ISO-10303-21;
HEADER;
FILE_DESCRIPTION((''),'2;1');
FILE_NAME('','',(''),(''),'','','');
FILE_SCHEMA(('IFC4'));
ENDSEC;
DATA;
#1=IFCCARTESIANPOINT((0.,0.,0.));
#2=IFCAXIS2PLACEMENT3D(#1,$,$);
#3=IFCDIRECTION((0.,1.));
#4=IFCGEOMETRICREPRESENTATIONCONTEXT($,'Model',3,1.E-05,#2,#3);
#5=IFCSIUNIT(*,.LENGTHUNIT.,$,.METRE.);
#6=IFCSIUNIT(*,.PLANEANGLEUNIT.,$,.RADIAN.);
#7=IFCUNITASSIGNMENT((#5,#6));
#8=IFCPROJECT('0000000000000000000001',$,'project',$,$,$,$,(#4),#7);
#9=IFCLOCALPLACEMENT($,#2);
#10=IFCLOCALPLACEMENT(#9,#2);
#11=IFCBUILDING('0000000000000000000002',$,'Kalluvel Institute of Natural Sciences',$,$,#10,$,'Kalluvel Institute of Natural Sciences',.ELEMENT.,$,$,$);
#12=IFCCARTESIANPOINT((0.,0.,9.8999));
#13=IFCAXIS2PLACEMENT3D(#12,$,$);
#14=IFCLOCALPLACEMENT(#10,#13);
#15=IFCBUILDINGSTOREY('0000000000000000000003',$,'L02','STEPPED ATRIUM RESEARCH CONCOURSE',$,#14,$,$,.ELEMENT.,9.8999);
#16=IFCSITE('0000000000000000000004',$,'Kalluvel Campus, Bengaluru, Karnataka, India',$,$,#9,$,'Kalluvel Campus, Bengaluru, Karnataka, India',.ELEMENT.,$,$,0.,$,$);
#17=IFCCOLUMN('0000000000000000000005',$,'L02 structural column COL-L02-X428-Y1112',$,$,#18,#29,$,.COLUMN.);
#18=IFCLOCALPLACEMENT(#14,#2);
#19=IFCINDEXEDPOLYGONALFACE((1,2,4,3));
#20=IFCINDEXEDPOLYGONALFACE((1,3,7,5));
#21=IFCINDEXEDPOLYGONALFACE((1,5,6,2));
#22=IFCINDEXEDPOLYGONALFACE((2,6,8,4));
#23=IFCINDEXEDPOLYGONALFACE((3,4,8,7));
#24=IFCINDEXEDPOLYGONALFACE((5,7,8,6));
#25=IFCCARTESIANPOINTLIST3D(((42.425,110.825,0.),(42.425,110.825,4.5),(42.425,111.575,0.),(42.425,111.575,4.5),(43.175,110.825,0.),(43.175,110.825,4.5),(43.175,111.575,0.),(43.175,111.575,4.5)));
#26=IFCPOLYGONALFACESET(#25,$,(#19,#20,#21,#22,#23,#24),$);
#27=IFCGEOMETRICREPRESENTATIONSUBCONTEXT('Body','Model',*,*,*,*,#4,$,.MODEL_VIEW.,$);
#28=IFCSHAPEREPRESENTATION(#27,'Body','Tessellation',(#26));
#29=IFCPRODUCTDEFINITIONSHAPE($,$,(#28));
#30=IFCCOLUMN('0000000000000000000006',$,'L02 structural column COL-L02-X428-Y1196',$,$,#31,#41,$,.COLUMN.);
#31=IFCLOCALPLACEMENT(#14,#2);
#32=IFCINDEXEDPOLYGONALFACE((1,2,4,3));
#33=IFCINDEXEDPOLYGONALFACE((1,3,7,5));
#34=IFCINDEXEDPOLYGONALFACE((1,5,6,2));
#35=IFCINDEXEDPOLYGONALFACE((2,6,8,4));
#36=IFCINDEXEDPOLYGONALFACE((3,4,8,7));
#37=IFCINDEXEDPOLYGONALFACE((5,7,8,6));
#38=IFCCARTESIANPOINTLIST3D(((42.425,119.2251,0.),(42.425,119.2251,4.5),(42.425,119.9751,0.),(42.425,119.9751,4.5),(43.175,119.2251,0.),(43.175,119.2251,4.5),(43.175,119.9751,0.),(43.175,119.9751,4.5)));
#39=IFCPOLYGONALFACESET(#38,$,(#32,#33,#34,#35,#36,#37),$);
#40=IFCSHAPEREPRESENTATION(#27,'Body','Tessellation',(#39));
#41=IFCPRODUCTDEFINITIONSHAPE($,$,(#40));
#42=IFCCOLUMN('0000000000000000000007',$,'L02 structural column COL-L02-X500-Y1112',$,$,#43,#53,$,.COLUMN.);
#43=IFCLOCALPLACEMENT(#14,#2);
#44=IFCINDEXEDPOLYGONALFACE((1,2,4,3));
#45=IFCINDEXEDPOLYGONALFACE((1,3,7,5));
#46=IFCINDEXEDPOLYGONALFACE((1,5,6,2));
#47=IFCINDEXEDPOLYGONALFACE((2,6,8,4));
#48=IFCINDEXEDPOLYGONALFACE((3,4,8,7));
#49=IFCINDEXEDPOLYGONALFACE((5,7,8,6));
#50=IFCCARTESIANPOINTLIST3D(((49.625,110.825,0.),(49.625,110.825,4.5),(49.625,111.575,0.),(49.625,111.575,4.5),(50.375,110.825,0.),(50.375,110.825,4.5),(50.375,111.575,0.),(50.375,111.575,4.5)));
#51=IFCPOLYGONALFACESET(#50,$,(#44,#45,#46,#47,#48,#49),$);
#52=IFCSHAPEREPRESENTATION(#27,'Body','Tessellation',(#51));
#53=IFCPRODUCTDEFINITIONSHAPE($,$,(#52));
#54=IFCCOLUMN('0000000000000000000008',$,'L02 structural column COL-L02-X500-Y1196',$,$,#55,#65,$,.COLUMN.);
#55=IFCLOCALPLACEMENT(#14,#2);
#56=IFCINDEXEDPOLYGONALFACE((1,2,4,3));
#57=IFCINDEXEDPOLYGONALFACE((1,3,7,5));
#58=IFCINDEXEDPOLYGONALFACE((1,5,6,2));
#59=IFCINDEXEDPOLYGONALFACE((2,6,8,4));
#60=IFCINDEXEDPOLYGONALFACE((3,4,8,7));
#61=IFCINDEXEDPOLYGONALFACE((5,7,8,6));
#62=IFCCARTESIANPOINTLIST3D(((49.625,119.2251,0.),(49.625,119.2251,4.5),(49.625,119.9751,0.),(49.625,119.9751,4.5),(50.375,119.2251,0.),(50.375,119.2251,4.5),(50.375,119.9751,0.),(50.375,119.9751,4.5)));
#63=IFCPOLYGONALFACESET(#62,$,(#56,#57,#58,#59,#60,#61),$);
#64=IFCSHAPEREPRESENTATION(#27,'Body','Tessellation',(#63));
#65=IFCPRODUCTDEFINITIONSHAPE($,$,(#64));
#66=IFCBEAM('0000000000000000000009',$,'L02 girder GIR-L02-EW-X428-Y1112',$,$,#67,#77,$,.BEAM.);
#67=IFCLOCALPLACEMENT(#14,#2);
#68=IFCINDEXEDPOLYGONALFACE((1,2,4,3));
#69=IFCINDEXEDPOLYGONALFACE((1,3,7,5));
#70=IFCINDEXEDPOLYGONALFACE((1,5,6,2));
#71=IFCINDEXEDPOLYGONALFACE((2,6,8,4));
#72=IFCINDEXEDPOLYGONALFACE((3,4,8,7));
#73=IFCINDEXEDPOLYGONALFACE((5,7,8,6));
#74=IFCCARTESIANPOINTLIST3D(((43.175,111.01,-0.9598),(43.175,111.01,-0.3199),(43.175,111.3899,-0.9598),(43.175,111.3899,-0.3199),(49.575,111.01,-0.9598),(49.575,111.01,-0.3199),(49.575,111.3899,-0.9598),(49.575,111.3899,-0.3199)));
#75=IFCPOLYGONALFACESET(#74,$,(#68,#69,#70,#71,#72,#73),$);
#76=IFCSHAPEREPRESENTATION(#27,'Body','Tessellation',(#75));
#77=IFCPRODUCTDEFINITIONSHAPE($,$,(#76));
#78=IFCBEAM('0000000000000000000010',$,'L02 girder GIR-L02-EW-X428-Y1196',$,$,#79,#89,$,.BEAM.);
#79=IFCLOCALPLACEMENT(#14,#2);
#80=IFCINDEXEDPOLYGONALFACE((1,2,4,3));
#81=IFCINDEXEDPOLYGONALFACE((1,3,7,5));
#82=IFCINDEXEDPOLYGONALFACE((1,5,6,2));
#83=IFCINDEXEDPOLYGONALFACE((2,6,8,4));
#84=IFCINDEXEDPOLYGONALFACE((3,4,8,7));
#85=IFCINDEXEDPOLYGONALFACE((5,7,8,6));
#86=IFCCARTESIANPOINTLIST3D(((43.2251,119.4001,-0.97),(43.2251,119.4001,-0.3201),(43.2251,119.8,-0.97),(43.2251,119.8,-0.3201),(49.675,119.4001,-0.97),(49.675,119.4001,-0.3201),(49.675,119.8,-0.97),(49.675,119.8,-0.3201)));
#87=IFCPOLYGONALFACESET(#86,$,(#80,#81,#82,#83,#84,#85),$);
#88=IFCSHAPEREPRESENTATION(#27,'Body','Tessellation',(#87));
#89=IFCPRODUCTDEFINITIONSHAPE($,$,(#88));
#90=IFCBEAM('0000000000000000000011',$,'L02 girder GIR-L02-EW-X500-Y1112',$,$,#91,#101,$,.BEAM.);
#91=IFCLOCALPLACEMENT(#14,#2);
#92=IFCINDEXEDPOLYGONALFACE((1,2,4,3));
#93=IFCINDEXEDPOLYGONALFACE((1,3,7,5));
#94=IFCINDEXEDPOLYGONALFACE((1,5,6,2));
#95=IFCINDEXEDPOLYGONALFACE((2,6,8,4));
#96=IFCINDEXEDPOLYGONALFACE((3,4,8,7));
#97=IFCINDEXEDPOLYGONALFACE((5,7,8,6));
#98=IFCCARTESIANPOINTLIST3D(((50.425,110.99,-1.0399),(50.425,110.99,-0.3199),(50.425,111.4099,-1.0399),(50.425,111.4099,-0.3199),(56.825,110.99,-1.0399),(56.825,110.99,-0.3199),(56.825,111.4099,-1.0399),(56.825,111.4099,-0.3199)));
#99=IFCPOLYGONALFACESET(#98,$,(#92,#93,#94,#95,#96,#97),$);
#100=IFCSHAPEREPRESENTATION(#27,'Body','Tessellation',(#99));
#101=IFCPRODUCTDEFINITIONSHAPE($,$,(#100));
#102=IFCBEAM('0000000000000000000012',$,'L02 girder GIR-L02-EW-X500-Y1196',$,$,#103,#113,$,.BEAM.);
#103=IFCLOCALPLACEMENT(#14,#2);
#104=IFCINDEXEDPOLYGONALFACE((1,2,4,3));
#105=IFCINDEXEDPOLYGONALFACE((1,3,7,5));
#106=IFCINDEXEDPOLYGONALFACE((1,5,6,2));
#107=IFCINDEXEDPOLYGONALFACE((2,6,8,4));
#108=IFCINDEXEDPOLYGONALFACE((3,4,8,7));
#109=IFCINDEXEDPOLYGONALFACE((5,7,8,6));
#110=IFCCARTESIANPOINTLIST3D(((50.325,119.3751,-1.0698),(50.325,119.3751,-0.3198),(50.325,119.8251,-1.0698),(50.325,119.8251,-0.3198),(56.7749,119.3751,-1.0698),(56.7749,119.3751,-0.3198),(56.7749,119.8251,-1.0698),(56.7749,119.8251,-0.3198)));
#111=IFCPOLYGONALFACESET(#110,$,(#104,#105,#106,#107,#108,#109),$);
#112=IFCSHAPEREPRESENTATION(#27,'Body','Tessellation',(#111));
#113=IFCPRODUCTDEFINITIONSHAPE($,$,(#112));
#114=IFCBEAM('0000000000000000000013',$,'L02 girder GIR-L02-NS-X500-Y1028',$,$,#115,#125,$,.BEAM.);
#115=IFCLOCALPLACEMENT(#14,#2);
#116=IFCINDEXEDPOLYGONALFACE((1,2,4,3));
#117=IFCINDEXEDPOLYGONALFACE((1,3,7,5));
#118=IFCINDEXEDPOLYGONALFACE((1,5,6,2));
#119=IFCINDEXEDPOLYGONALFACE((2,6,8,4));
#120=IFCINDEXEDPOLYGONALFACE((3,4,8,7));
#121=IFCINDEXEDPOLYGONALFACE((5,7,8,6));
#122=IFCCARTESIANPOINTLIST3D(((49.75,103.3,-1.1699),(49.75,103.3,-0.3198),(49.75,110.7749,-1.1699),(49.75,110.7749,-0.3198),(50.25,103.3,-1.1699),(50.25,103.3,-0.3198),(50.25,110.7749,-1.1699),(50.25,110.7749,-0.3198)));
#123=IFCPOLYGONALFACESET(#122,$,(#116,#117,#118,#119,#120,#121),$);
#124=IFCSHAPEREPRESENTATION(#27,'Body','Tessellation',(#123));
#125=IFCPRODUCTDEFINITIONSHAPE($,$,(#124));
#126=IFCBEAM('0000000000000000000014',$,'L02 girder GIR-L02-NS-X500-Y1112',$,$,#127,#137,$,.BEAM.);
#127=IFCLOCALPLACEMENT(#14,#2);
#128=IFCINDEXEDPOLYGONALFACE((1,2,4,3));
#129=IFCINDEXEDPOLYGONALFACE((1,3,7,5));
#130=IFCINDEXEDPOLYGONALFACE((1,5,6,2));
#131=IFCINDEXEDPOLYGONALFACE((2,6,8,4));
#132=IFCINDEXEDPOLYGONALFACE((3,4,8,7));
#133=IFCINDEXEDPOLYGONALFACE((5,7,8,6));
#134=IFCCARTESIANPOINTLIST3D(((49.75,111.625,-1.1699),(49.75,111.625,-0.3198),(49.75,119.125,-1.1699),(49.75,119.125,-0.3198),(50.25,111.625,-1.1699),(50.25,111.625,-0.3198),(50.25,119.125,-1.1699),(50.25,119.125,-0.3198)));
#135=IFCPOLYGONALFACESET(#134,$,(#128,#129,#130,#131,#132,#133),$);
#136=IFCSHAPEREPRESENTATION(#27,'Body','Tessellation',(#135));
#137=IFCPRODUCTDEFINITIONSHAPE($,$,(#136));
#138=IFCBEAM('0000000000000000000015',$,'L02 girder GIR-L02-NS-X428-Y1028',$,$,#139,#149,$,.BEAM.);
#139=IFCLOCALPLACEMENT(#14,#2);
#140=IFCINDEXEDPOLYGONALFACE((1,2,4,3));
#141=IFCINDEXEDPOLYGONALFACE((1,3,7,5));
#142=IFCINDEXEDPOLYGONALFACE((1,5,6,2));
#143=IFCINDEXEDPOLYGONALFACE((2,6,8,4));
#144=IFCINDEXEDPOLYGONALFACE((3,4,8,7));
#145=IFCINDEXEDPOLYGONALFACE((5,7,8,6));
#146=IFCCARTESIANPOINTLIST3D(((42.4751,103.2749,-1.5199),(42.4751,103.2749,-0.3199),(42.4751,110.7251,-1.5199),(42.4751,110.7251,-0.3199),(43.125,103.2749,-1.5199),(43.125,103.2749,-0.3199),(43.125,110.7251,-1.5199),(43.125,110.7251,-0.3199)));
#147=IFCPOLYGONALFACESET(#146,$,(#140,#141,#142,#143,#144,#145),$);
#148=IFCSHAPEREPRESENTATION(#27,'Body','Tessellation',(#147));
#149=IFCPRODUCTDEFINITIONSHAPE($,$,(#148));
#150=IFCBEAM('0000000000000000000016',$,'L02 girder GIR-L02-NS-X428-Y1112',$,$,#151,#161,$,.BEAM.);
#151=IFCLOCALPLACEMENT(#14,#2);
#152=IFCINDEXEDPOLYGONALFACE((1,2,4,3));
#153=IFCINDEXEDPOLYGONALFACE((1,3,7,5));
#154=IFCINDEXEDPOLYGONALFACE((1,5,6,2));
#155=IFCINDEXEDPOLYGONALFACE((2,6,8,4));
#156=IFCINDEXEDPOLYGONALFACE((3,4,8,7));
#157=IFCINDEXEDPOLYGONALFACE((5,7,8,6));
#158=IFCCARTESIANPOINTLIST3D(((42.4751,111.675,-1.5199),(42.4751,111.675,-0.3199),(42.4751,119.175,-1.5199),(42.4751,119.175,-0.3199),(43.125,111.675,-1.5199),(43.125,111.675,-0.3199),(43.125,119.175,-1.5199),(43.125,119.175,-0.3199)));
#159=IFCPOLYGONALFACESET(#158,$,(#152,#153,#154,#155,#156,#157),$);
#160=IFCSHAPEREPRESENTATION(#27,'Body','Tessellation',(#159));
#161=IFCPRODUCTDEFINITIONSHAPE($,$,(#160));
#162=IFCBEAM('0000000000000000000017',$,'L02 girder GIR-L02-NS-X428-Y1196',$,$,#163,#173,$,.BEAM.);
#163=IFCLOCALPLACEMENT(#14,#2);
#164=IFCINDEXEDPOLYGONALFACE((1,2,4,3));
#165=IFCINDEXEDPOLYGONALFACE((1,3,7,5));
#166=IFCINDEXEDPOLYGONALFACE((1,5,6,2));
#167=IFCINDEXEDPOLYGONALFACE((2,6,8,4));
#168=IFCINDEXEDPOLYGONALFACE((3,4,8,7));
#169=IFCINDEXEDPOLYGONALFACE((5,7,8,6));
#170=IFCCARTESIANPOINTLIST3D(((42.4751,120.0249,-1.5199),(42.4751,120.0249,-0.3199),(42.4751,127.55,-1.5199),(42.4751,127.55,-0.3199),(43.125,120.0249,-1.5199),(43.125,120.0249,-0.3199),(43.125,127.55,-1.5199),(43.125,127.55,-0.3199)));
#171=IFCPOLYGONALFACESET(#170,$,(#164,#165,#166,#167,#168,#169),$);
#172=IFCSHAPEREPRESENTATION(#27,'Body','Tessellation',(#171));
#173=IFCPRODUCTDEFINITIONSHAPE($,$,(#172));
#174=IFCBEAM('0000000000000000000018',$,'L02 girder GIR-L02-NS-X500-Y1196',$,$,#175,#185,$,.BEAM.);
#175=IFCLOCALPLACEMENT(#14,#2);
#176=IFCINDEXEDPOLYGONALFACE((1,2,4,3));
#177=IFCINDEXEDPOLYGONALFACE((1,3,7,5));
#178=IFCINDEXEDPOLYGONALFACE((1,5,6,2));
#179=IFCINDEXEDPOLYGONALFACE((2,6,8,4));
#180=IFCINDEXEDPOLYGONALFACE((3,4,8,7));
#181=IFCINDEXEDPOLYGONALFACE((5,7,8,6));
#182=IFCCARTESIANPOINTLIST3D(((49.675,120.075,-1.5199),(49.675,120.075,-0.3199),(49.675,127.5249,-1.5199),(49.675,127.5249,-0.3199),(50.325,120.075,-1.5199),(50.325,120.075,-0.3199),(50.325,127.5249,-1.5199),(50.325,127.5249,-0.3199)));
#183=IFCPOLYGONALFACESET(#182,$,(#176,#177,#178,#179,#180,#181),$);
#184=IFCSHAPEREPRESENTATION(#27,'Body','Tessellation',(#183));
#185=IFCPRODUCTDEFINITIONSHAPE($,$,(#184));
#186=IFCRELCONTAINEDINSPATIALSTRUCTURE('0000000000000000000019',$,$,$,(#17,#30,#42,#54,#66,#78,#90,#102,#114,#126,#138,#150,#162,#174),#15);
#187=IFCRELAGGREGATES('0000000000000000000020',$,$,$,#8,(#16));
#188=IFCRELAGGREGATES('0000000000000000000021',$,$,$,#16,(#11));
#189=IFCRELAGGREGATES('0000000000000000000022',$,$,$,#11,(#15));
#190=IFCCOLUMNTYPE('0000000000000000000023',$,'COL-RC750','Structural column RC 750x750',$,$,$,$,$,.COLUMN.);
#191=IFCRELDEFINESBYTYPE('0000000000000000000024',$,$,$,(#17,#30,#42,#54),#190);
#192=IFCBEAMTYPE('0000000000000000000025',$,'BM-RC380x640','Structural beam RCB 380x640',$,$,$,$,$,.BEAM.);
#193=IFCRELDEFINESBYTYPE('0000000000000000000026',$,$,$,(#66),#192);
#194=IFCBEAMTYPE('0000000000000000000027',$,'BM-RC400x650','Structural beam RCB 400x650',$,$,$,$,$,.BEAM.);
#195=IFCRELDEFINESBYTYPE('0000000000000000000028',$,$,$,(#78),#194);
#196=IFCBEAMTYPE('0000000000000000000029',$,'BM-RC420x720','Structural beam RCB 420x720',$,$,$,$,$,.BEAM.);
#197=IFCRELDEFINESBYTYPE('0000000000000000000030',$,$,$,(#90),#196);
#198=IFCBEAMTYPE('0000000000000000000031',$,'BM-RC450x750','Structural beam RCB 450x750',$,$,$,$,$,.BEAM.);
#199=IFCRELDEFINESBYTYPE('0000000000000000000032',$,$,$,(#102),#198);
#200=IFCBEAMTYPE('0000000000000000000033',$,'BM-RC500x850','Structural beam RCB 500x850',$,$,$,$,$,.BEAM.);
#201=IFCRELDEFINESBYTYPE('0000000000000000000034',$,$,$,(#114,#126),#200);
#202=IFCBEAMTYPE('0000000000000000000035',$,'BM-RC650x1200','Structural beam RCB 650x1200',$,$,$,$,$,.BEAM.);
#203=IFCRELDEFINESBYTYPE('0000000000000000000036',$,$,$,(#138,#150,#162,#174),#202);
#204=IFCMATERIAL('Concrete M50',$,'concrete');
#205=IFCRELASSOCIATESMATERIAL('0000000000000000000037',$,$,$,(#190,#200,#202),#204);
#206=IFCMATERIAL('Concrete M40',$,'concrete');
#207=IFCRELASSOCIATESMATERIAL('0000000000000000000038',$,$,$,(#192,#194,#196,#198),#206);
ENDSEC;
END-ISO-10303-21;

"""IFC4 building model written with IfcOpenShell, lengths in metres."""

from ifc_helpers import new_model, si_unit, direction, frame, origin, origin_2d, place, context, subcontext, project, spatial, rectangle, extrude, material, material_profile, profile_set, type_object, element, save


model = new_model("IFC4")

# Units and contexts
model_context = context("Model", 3, precision=1e-05, world=origin(), true_north=direction((0.0, 1.0)))
body_context = subcontext(model_context, "Body", "Model", "MODEL_VIEW")
ifc_project = project(units=[si_unit("LENGTHUNIT", "METRE"), si_unit("PLANEANGLEUNIT", "RADIAN")], contexts=[model_context])

# Site, building, storey
site_placement = place(None, origin())
site = spatial("IfcSite", under=ifc_project, at=site_placement, Name="Kalluvel Campus, Bengaluru, Karnataka, India", LongName="Kalluvel Campus, Bengaluru, Karnataka, India", CompositionType="ELEMENT", RefElevation=0.0)
building_placement = place(site_placement, origin())
building = spatial("IfcBuilding", under=site, at=building_placement, Name="Kalluvel Institute of Natural Sciences", LongName="Kalluvel Institute of Natural Sciences", CompositionType="ELEMENT")
storey_placement = place(building_placement, frame((0.0, 0.0, 9.8999)))
storey = spatial("IfcBuildingStorey", under=building, at=storey_placement, Name="L02", Description="STEPPED ATRIUM RESEARCH CONCOURSE", CompositionType="ELEMENT", Elevation=9.8999)

# Columns
ifc_material_1 = material(Name="Concrete M50", Category="concrete")
ifc_material_profile_1 = material_profile(ifc_material_1, rectangle(XDim=0.75, YDim=0.75, at=origin_2d()), Name="RC 750x750")
ifc_profile_set_1 = profile_set([ifc_material_profile_1], Name="Concrete M50")
column_type = type_object("IfcColumnType", Name="COL-RC750", Description="Structural column RC 750x750", PredefinedType="COLUMN", material=ifc_profile_set_1)
for number, where, z_axis, x_axis, name in (
    (1, (42.8, 111.2, 0.0), (0.0, 0.0, 1.0), (1.0, 0.0, 0.0), "L02 structural column COL-L02-X428-Y1112"),
    (2, (42.8, 119.6001, 0.0), (0.0, 0.0, 1.0), (1.0, 0.0, 0.0), "L02 structural column COL-L02-X428-Y1196"),
    (3, (50.0, 111.2, 0.0), (0.0, 0.0, 1.0), (1.0, 0.0, 0.0), "L02 structural column COL-L02-X500-Y1112"),
    (4, (50.0, 119.6001, 0.0), (0.0, 0.0, 1.0), (1.0, 0.0, 0.0), "L02 structural column COL-L02-X500-Y1196"),
):
    element("IfcColumn", number, at=place(storey_placement, frame(where, z_axis=z_axis, x_axis=x_axis)), inside=storey, type_object=column_type, Name=name, PredefinedType="COLUMN", context=body_context, shape_type="SweptSolid", body=[
        extrude(rectangle(XDim=0.75, YDim=0.75, at=origin_2d()), origin(), (0.0, 0.0, 1.0), 4.5),
    ])

# Beams
ifc_material_2 = material(Name="Concrete M40", Category="concrete")
ifc_material_profile_2 = material_profile(ifc_material_2, rectangle(XDim=0.3799, YDim=0.6399, at=origin_2d()), Name="RCB 380x640")
ifc_profile_set_2 = profile_set([ifc_material_profile_2], Name="Concrete M40")
beam_type_1 = type_object("IfcBeamType", Name="BM-RC380x640", Description="Structural beam RCB 380x640", PredefinedType="BEAM", material=ifc_profile_set_2)
beam_1_placement = place(storey_placement, frame((43.175, 111.2, -0.6399), z_axis=(1.0, 0.0, 0.0), x_axis=(0.0, 1.0, 0.0)))
element("IfcBeam", 5, at=beam_1_placement, inside=storey, type_object=beam_type_1, Name="L02 girder GIR-L02-EW-X428-Y1112", PredefinedType="BEAM", context=body_context, shape_type="SweptSolid", body=[
    extrude(rectangle(XDim=0.3799, YDim=0.6399, at=origin_2d()), origin(), (0.0, 0.0, 1.0), 6.3999),
])
ifc_material_profile_3 = material_profile(ifc_material_2, rectangle(XDim=0.3999, YDim=0.6499, at=origin_2d()), Name="RCB 400x650")
ifc_profile_set_3 = profile_set([ifc_material_profile_3], Name="Concrete M40")
beam_type_2 = type_object("IfcBeamType", Name="BM-RC400x650", Description="Structural beam RCB 400x650", PredefinedType="BEAM", material=ifc_profile_set_3)
beam_2_placement = place(storey_placement, frame((43.2251, 119.6001, -0.645), z_axis=(1.0, 0.0, 0.0), x_axis=(0.0, 1.0, 0.0)))
element("IfcBeam", 6, at=beam_2_placement, inside=storey, type_object=beam_type_2, Name="L02 girder GIR-L02-EW-X428-Y1196", PredefinedType="BEAM", context=body_context, shape_type="SweptSolid", body=[
    extrude(rectangle(XDim=0.3999, YDim=0.6499, at=origin_2d()), origin(), (0.0, 0.0, 1.0), 6.45),
])
ifc_material_profile_4 = material_profile(ifc_material_2, rectangle(XDim=0.4199, YDim=0.72, at=origin_2d()), Name="RCB 420x720")
ifc_profile_set_4 = profile_set([ifc_material_profile_4], Name="Concrete M40")
beam_type_3 = type_object("IfcBeamType", Name="BM-RC420x720", Description="Structural beam RCB 420x720", PredefinedType="BEAM", material=ifc_profile_set_4)
beam_3_placement = place(storey_placement, frame((50.425, 111.2, -0.6799), z_axis=(1.0, 0.0, 0.0), x_axis=(0.0, 1.0, 0.0)))
element("IfcBeam", 7, at=beam_3_placement, inside=storey, type_object=beam_type_3, Name="L02 girder GIR-L02-EW-X500-Y1112", PredefinedType="BEAM", context=body_context, shape_type="SweptSolid", body=[
    extrude(rectangle(XDim=0.4199, YDim=0.72, at=origin_2d()), origin(), (0.0, 0.0, 1.0), 6.3999),
])
ifc_material_profile_5 = material_profile(ifc_material_2, rectangle(XDim=0.45, YDim=0.75, at=origin_2d()), Name="RCB 450x750")
ifc_profile_set_5 = profile_set([ifc_material_profile_5], Name="Concrete M40")
beam_type_4 = type_object("IfcBeamType", Name="BM-RC450x750", Description="Structural beam RCB 450x750", PredefinedType="BEAM", material=ifc_profile_set_5)
beam_4_placement = place(storey_placement, frame((50.325, 119.6001, -0.6948), z_axis=(1.0, 0.0, 0.0), x_axis=(0.0, 1.0, 0.0)))
element("IfcBeam", 8, at=beam_4_placement, inside=storey, type_object=beam_type_4, Name="L02 girder GIR-L02-EW-X500-Y1196", PredefinedType="BEAM", context=body_context, shape_type="SweptSolid", body=[
    extrude(rectangle(XDim=0.45, YDim=0.75, at=origin_2d()), origin(), (0.0, 0.0, 1.0), 6.45),
])
ifc_material_profile_6 = material_profile(ifc_material_1, rectangle(XDim=0.5, YDim=0.8501, at=origin_2d()), Name="RCB 500x850")
ifc_profile_set_6 = profile_set([ifc_material_profile_6], Name="Concrete M50")
beam_type_5 = type_object("IfcBeamType", Name="BM-RC500x850", Description="Structural beam RCB 500x850", PredefinedType="BEAM", material=ifc_profile_set_6)
beam_5_placement = place(storey_placement, frame((50.0, 103.3, -0.7449), z_axis=(0.0, 1.0, 0.0), x_axis=(-1.0, 0.0, 0.0)))
element("IfcBeam", 9, at=beam_5_placement, inside=storey, type_object=beam_type_5, Name="L02 girder GIR-L02-NS-X500-Y1028", PredefinedType="BEAM", context=body_context, shape_type="SweptSolid", body=[
    extrude(rectangle(XDim=0.5, YDim=0.8501, at=origin_2d()), origin(), (0.0, 0.0, 1.0), 7.4749),
])
beam_6_placement = place(storey_placement, frame((50.0, 111.625, -0.7449), z_axis=(0.0, 1.0, 0.0), x_axis=(-1.0, 0.0, 0.0)))
element("IfcBeam", 10, at=beam_6_placement, inside=storey, type_object=beam_type_5, Name="L02 girder GIR-L02-NS-X500-Y1112", PredefinedType="BEAM", context=body_context, shape_type="SweptSolid", body=[
    extrude(rectangle(XDim=0.5, YDim=0.8501, at=origin_2d()), origin(), (0.0, 0.0, 1.0), 7.5),
])
ifc_material_profile_7 = material_profile(ifc_material_1, rectangle(XDim=0.6499, YDim=1.2, at=origin_2d()), Name="RCB 650x1200")
ifc_profile_set_7 = profile_set([ifc_material_profile_7], Name="Concrete M50")
beam_type_6 = type_object("IfcBeamType", Name="BM-RC650x1200", Description="Structural beam RCB 650x1200", PredefinedType="BEAM", material=ifc_profile_set_7)
beam_7_placement = place(storey_placement, frame((42.8, 103.2749, -0.9199), z_axis=(0.0, 1.0, 0.0), x_axis=(-1.0, 0.0, 0.0)))
element("IfcBeam", 11, at=beam_7_placement, inside=storey, type_object=beam_type_6, Name="L02 girder GIR-L02-NS-X428-Y1028", PredefinedType="BEAM", context=body_context, shape_type="SweptSolid", body=[
    extrude(rectangle(XDim=0.6499, YDim=1.2, at=origin_2d()), origin(), (0.0, 0.0, 1.0), 7.4502),
])
beam_8_placement = place(storey_placement, frame((42.8, 111.675, -0.9199), z_axis=(0.0, 1.0, 0.0), x_axis=(-1.0, 0.0, 0.0)))
element("IfcBeam", 12, at=beam_8_placement, inside=storey, type_object=beam_type_6, Name="L02 girder GIR-L02-NS-X428-Y1112", PredefinedType="BEAM", context=body_context, shape_type="SweptSolid", body=[
    extrude(rectangle(XDim=0.6499, YDim=1.2, at=origin_2d()), origin(), (0.0, 0.0, 1.0), 7.5),
])
beam_9_placement = place(storey_placement, frame((42.8, 120.0249, -0.9199), z_axis=(0.0, 1.0, 0.0), x_axis=(-1.0, 0.0, 0.0)))
element("IfcBeam", 13, at=beam_9_placement, inside=storey, type_object=beam_type_6, Name="L02 girder GIR-L02-NS-X428-Y1196", PredefinedType="BEAM", context=body_context, shape_type="SweptSolid", body=[
    extrude(rectangle(XDim=0.6499, YDim=1.2, at=origin_2d()), origin(), (0.0, 0.0, 1.0), 7.5251),
])
beam_10_placement = place(storey_placement, frame((50.0, 120.075, -0.9199), z_axis=(0.0, 1.0, 0.0), x_axis=(-1.0, 0.0, 0.0)))
element("IfcBeam", 14, at=beam_10_placement, inside=storey, type_object=beam_type_6, Name="L02 girder GIR-L02-NS-X500-Y1196", PredefinedType="BEAM", context=body_context, shape_type="SweptSolid", body=[
    extrude(rectangle(XDim=0.6499, YDim=1.2, at=origin_2d()), origin(), (0.0, 0.0, 1.0), 7.45),
])

save(model, "model.ifc")
